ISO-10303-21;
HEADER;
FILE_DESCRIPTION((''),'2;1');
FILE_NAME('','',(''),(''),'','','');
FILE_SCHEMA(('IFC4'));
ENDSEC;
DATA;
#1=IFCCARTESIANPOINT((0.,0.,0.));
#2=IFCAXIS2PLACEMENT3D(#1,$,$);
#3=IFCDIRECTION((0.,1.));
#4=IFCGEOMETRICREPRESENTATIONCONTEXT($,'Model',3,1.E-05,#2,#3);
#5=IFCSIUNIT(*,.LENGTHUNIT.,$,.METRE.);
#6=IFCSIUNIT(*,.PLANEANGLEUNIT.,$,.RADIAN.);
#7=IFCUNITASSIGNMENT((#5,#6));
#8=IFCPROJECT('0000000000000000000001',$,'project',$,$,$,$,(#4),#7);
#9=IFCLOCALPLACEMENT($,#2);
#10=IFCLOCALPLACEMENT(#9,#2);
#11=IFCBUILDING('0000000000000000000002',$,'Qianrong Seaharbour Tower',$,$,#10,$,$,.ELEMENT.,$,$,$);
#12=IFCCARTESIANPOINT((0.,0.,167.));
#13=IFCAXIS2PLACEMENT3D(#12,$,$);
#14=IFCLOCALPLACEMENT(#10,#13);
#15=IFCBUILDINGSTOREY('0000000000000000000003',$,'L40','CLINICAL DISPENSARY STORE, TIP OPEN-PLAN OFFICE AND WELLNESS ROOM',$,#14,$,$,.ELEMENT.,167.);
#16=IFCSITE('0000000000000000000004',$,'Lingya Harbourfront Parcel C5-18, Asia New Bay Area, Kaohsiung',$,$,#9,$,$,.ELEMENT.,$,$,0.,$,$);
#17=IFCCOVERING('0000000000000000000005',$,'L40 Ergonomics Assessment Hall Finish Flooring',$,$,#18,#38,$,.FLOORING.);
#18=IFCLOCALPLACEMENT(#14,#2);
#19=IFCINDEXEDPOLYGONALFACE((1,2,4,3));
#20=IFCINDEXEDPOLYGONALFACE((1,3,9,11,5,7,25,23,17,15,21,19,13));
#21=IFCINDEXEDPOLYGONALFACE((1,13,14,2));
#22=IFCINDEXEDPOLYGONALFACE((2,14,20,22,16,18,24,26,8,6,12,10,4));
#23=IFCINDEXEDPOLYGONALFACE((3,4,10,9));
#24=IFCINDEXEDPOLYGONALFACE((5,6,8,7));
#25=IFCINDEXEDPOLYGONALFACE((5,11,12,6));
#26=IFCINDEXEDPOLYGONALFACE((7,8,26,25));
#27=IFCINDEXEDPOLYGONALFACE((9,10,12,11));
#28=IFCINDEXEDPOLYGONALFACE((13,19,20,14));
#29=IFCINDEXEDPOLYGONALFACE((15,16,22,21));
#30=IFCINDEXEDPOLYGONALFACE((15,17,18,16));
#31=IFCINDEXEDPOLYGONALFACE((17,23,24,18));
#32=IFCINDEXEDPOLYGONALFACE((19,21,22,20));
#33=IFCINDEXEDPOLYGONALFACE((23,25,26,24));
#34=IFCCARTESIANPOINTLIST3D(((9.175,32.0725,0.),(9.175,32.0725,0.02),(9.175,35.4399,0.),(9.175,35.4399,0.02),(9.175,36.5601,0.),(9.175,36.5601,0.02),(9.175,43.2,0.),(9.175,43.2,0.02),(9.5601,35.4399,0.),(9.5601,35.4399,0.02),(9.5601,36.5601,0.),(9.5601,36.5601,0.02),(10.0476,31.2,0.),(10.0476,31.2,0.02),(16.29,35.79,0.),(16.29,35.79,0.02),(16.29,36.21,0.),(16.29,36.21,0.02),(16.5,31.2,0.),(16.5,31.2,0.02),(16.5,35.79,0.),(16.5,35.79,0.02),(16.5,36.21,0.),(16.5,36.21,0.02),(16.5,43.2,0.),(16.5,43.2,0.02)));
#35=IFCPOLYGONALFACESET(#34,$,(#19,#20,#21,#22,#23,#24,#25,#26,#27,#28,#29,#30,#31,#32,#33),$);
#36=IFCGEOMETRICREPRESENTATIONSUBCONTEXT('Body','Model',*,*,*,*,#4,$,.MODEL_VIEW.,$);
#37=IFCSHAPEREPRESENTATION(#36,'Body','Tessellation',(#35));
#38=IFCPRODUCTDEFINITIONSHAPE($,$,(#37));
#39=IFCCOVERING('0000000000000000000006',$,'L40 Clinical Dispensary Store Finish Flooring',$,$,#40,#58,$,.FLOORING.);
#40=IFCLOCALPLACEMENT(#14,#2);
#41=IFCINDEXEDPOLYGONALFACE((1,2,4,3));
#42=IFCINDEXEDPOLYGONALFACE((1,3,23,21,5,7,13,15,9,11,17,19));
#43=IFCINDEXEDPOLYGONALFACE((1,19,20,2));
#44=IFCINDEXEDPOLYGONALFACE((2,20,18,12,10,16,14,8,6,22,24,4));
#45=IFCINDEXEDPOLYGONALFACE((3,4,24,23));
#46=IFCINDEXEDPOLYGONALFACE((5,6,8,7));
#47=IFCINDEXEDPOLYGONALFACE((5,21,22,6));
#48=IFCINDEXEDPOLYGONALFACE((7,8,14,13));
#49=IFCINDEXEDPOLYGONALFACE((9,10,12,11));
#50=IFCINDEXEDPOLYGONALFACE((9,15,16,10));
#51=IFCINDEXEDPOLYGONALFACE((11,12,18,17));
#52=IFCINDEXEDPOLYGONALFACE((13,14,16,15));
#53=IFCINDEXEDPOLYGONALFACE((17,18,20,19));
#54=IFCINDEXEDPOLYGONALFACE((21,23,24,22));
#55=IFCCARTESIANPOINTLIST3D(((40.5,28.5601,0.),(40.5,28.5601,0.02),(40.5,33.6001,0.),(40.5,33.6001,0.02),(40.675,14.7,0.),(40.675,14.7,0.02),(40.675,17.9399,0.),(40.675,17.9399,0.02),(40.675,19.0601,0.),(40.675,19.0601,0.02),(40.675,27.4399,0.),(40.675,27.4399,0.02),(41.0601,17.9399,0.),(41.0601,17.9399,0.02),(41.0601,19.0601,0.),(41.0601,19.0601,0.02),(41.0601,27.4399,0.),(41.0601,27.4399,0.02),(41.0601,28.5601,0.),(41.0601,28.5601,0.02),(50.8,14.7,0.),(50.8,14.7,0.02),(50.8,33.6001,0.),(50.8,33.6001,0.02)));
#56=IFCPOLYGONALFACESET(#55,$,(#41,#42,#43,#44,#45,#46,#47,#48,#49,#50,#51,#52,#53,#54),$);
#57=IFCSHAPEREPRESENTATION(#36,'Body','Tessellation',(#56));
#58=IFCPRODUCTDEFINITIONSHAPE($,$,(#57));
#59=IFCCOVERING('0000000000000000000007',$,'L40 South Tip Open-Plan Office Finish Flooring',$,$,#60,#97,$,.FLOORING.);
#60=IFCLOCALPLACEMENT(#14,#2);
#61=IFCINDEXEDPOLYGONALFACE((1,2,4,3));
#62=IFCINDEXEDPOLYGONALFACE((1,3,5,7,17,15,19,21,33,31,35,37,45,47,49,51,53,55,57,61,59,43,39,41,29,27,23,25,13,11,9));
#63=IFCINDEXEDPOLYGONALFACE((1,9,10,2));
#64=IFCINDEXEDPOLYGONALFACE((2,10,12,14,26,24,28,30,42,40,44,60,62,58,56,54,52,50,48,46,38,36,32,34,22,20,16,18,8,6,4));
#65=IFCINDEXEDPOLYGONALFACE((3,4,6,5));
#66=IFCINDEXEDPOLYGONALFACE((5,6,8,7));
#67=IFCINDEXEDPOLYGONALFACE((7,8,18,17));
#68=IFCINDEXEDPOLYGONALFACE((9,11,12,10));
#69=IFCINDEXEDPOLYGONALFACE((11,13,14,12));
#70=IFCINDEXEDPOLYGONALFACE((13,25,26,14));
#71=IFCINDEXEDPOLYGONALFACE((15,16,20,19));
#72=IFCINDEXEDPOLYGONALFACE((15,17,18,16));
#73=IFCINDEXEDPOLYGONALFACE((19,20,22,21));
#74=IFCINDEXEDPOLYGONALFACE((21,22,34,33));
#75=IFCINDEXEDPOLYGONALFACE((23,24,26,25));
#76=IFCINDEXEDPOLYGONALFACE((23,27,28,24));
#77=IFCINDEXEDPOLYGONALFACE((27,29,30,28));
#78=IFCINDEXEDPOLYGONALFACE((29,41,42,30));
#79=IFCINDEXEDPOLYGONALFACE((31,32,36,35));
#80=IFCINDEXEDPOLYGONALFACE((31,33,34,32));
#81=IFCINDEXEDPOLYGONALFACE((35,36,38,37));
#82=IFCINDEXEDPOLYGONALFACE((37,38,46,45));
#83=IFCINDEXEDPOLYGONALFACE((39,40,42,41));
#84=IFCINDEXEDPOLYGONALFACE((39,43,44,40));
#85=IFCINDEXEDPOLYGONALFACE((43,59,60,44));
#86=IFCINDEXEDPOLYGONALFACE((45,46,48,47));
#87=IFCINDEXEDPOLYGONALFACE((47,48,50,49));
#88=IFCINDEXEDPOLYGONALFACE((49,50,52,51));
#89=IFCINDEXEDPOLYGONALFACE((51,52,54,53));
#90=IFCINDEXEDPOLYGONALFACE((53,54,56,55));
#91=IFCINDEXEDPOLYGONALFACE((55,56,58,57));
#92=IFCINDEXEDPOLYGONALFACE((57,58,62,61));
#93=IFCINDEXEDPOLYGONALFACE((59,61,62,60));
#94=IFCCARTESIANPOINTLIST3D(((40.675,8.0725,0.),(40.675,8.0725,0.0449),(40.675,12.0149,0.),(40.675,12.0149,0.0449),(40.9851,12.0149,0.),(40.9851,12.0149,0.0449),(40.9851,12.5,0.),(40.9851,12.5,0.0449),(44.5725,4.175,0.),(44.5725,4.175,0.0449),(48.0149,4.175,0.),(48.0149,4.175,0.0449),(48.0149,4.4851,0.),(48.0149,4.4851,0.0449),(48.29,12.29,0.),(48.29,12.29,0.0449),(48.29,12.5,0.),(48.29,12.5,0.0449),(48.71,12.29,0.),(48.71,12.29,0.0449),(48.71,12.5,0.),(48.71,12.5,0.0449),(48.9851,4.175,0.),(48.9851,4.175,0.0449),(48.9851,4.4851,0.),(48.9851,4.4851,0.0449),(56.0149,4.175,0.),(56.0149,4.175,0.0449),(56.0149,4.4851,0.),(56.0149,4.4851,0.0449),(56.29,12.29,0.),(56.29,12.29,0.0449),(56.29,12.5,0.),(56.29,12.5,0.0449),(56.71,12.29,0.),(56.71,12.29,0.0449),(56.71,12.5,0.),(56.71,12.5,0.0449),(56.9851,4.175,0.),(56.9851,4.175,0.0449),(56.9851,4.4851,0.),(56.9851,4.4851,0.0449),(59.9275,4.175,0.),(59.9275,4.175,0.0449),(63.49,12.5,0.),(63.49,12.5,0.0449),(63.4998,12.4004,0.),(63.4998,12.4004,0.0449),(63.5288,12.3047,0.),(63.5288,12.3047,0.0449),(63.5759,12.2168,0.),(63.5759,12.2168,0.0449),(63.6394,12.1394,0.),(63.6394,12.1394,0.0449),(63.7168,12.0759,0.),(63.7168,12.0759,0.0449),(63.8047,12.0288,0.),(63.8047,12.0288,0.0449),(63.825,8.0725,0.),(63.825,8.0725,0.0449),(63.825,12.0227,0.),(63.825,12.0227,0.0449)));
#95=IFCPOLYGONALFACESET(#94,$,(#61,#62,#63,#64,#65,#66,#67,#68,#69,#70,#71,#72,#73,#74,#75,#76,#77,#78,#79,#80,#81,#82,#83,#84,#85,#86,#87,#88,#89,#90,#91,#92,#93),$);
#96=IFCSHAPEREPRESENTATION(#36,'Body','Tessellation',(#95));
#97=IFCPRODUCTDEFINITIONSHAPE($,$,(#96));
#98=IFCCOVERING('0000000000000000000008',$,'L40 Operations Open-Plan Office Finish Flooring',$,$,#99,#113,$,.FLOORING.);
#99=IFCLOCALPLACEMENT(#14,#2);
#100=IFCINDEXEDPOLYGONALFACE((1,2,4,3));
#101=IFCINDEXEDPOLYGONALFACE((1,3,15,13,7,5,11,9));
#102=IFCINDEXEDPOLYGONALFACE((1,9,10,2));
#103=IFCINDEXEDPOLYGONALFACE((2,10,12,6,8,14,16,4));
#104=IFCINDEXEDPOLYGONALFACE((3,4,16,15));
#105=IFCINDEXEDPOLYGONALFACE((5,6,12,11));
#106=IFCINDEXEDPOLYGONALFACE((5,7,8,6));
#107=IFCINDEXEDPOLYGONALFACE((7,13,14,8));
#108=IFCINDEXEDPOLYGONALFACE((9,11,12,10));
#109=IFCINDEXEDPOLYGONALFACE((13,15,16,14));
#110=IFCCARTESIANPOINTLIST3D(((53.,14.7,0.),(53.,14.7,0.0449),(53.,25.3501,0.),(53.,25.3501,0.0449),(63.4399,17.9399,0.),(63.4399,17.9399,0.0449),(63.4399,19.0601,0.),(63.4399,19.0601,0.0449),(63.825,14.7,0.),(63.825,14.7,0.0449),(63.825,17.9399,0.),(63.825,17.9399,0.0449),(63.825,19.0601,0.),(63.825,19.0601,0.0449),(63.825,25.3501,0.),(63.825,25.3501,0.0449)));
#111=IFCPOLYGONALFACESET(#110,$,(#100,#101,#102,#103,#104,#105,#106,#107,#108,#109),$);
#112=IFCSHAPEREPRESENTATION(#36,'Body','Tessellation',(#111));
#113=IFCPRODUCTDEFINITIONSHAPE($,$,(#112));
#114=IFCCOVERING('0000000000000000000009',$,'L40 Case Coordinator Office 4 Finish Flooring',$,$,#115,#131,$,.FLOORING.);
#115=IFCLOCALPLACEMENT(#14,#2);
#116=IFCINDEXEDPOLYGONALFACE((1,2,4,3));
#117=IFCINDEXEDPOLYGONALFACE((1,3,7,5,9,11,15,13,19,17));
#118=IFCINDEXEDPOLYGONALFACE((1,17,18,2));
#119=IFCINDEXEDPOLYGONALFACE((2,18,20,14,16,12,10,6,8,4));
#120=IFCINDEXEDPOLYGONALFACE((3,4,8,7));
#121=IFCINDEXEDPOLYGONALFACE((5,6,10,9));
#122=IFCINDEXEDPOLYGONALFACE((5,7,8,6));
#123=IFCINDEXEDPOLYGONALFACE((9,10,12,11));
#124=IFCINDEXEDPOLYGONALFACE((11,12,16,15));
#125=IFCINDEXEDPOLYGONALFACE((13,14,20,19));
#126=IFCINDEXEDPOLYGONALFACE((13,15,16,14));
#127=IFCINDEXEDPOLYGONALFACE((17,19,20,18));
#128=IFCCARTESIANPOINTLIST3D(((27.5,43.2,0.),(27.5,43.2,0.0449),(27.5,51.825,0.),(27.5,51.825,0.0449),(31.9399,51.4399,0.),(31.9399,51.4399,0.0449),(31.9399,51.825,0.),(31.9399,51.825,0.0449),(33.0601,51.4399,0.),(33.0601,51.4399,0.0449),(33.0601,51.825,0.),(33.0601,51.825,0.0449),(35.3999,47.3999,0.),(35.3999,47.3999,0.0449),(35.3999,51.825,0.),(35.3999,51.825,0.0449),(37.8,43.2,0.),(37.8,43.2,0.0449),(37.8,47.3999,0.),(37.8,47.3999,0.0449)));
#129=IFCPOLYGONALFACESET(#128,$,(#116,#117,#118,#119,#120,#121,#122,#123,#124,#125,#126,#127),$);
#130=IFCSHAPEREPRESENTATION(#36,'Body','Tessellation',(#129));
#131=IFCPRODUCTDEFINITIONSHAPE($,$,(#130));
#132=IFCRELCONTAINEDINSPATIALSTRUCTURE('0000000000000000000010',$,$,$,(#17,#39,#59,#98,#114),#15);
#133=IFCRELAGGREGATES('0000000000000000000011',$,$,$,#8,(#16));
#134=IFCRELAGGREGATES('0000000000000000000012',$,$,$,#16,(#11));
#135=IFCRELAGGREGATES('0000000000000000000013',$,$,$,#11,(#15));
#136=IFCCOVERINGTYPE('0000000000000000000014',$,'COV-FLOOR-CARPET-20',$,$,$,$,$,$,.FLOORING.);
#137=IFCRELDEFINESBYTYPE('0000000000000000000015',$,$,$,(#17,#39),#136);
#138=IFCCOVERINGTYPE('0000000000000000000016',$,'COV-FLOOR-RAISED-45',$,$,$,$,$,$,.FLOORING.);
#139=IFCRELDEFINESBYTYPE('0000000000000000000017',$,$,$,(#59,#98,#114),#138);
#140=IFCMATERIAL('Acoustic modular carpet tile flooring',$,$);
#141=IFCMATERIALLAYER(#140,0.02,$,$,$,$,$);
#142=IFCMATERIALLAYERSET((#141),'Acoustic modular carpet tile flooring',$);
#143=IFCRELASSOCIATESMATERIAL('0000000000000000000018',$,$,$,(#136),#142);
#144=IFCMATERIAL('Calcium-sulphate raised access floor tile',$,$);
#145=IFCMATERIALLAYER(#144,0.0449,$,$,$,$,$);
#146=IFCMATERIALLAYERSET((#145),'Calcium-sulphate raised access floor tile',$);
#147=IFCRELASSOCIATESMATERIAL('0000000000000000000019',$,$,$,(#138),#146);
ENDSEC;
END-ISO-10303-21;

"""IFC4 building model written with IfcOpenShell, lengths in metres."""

from ifc_helpers import new_model, si_unit, direction, frame, origin, place, context, subcontext, project, spatial, polyline, outline, extrude, material, layer, layer_set, type_object, element, save


model = new_model("IFC4")

# Units and contexts
model_context = context("Model", 3, precision=1e-05, world=origin(), true_north=direction((0.0, 1.0)))
body_context = subcontext(model_context, "Body", "Model", "MODEL_VIEW")
ifc_project = project(units=[si_unit("LENGTHUNIT", "METRE"), si_unit("PLANEANGLEUNIT", "RADIAN")], contexts=[model_context])

# Site, building, storey
site_placement = place(None, origin())
site = spatial("IfcSite", under=ifc_project, at=site_placement, Name="Lingya Harbourfront Parcel C5-18, Asia New Bay Area, Kaohsiung", CompositionType="ELEMENT", RefElevation=0.0)
building_placement = place(site_placement, origin())
building = spatial("IfcBuilding", under=site, at=building_placement, Name="Qianrong Seaharbour Tower", CompositionType="ELEMENT")
storey_placement = place(building_placement, frame((0.0, 0.0, 167.0)))
storey = spatial("IfcBuildingStorey", under=building, at=storey_placement, Name="L40", Description="CLINICAL DISPENSARY STORE, TIP OPEN-PLAN OFFICE AND WELLNESS ROOM", CompositionType="ELEMENT", Elevation=167.0)

# Coverings
ifc_material_1 = material(Name="Acoustic modular carpet tile flooring")
ifc_layer_1 = layer(ifc_material_1, 0.02)
ifc_layer_set_1 = layer_set([ifc_layer_1], Name="Acoustic modular carpet tile flooring")
covering_type_1 = type_object("IfcCoveringType", Name="COV-FLOOR-CARPET-20", PredefinedType="FLOORING", material=ifc_layer_set_1)
covering_1_placement = place(storey_placement, origin())
element("IfcCovering", 1, at=covering_1_placement, inside=storey, type_object=covering_type_1, Name="L40 Ergonomics Assessment Hall Finish Flooring", PredefinedType="FLOORING", context=body_context, shape_type="SweptSolid", body=[
    extrude(outline(polyline([(10.0476, 31.2), (9.175, 32.0725), (9.175, 35.4399), (9.5601, 35.4399), (9.5601, 36.5601), (9.175, 36.5601), (9.175, 43.2), (16.5, 43.2), (16.5, 36.21), (16.29, 36.21), (16.29, 35.79), (16.5, 35.79), (16.5, 31.2), (10.0476, 31.2)])), origin(), (0.0, 0.0, 1.0), 0.02),
])
covering_2_placement = place(storey_placement, origin())
element("IfcCovering", 2, at=covering_2_placement, inside=storey, type_object=covering_type_1, Name="L40 Clinical Dispensary Store Finish Flooring", PredefinedType="FLOORING", context=body_context, shape_type="SweptSolid", body=[
    extrude(outline(polyline([(50.8, 14.7), (40.675, 14.7), (40.675, 17.9399), (41.0601, 17.9399), (41.0601, 19.0601), (40.675, 19.0601), (40.675, 27.4399), (41.0601, 27.4399), (41.0601, 28.5601), (40.5, 28.5601), (40.5, 33.6001), (50.8, 33.6001), (50.8, 14.7)])), origin(), (0.0, 0.0, 1.0), 0.02),
])
ifc_material_2 = material(Name="Calcium-sulphate raised access floor tile")
ifc_layer_2 = layer(ifc_material_2, 0.0449)
ifc_layer_set_2 = layer_set([ifc_layer_2], Name="Calcium-sulphate raised access floor tile")
covering_type_2 = type_object("IfcCoveringType", Name="COV-FLOOR-RAISED-45", PredefinedType="FLOORING", material=ifc_layer_set_2)
covering_3_placement = place(storey_placement, origin())
element("IfcCovering", 3, at=covering_3_placement, inside=storey, type_object=covering_type_2, Name="L40 South Tip Open-Plan Office Finish Flooring", PredefinedType="FLOORING", context=body_context, shape_type="SweptSolid", body=[
    extrude(outline(polyline([(59.9275, 4.175), (56.9851, 4.175), (56.9851, 4.4851), (56.0149, 4.4851), (56.0149, 4.175), (48.9851, 4.175), (48.9851, 4.4851), (48.0149, 4.4851), (48.0149, 4.175), (44.5725, 4.175), (40.675, 8.0725), (40.675, 12.0149), (40.9851, 12.0149), (40.9851, 12.5), (48.29, 12.5), (48.29, 12.29), (48.71, 12.29), (48.71, 12.5), (56.29, 12.5), (56.29, 12.29), (56.71, 12.29), (56.71, 12.5), (63.49, 12.5), (63.4998, 12.4004), (63.5288, 12.3047), (63.5759, 12.2168), (63.6394, 12.1394), (63.7168, 12.0759), (63.8047, 12.0288), (63.825, 12.0227), (63.825, 8.0725), (59.9275, 4.175)])), origin(), (0.0, 0.0, 1.0), 0.0449),
])
covering_4_placement = place(storey_placement, origin())
element("IfcCovering", 4, at=covering_4_placement, inside=storey, type_object=covering_type_2, Name="L40 Operations Open-Plan Office Finish Flooring", PredefinedType="FLOORING", context=body_context, shape_type="SweptSolid", body=[
    extrude(outline(polyline([(63.825, 25.3501), (63.825, 19.0601), (63.4399, 19.0601), (63.4399, 17.9399), (63.825, 17.9399), (63.825, 14.7), (53.0, 14.7), (53.0, 25.3501), (63.825, 25.3501)])), origin(), (0.0, 0.0, 1.0), 0.0449),
])
covering_5_placement = place(storey_placement, origin())
element("IfcCovering", 5, at=covering_5_placement, inside=storey, type_object=covering_type_2, Name="L40 Case Coordinator Office 4 Finish Flooring", PredefinedType="FLOORING", context=body_context, shape_type="SweptSolid", body=[
    extrude(outline(polyline([(27.5, 51.825), (31.9399, 51.825), (31.9399, 51.4399), (33.0601, 51.4399), (33.0601, 51.825), (35.3999, 51.825), (35.3999, 47.3999), (37.8, 47.3999), (37.8, 43.2), (27.5, 43.2), (27.5, 51.825)])), origin(), (0.0, 0.0, 1.0), 0.0449),
])

save(model, "model.ifc")
